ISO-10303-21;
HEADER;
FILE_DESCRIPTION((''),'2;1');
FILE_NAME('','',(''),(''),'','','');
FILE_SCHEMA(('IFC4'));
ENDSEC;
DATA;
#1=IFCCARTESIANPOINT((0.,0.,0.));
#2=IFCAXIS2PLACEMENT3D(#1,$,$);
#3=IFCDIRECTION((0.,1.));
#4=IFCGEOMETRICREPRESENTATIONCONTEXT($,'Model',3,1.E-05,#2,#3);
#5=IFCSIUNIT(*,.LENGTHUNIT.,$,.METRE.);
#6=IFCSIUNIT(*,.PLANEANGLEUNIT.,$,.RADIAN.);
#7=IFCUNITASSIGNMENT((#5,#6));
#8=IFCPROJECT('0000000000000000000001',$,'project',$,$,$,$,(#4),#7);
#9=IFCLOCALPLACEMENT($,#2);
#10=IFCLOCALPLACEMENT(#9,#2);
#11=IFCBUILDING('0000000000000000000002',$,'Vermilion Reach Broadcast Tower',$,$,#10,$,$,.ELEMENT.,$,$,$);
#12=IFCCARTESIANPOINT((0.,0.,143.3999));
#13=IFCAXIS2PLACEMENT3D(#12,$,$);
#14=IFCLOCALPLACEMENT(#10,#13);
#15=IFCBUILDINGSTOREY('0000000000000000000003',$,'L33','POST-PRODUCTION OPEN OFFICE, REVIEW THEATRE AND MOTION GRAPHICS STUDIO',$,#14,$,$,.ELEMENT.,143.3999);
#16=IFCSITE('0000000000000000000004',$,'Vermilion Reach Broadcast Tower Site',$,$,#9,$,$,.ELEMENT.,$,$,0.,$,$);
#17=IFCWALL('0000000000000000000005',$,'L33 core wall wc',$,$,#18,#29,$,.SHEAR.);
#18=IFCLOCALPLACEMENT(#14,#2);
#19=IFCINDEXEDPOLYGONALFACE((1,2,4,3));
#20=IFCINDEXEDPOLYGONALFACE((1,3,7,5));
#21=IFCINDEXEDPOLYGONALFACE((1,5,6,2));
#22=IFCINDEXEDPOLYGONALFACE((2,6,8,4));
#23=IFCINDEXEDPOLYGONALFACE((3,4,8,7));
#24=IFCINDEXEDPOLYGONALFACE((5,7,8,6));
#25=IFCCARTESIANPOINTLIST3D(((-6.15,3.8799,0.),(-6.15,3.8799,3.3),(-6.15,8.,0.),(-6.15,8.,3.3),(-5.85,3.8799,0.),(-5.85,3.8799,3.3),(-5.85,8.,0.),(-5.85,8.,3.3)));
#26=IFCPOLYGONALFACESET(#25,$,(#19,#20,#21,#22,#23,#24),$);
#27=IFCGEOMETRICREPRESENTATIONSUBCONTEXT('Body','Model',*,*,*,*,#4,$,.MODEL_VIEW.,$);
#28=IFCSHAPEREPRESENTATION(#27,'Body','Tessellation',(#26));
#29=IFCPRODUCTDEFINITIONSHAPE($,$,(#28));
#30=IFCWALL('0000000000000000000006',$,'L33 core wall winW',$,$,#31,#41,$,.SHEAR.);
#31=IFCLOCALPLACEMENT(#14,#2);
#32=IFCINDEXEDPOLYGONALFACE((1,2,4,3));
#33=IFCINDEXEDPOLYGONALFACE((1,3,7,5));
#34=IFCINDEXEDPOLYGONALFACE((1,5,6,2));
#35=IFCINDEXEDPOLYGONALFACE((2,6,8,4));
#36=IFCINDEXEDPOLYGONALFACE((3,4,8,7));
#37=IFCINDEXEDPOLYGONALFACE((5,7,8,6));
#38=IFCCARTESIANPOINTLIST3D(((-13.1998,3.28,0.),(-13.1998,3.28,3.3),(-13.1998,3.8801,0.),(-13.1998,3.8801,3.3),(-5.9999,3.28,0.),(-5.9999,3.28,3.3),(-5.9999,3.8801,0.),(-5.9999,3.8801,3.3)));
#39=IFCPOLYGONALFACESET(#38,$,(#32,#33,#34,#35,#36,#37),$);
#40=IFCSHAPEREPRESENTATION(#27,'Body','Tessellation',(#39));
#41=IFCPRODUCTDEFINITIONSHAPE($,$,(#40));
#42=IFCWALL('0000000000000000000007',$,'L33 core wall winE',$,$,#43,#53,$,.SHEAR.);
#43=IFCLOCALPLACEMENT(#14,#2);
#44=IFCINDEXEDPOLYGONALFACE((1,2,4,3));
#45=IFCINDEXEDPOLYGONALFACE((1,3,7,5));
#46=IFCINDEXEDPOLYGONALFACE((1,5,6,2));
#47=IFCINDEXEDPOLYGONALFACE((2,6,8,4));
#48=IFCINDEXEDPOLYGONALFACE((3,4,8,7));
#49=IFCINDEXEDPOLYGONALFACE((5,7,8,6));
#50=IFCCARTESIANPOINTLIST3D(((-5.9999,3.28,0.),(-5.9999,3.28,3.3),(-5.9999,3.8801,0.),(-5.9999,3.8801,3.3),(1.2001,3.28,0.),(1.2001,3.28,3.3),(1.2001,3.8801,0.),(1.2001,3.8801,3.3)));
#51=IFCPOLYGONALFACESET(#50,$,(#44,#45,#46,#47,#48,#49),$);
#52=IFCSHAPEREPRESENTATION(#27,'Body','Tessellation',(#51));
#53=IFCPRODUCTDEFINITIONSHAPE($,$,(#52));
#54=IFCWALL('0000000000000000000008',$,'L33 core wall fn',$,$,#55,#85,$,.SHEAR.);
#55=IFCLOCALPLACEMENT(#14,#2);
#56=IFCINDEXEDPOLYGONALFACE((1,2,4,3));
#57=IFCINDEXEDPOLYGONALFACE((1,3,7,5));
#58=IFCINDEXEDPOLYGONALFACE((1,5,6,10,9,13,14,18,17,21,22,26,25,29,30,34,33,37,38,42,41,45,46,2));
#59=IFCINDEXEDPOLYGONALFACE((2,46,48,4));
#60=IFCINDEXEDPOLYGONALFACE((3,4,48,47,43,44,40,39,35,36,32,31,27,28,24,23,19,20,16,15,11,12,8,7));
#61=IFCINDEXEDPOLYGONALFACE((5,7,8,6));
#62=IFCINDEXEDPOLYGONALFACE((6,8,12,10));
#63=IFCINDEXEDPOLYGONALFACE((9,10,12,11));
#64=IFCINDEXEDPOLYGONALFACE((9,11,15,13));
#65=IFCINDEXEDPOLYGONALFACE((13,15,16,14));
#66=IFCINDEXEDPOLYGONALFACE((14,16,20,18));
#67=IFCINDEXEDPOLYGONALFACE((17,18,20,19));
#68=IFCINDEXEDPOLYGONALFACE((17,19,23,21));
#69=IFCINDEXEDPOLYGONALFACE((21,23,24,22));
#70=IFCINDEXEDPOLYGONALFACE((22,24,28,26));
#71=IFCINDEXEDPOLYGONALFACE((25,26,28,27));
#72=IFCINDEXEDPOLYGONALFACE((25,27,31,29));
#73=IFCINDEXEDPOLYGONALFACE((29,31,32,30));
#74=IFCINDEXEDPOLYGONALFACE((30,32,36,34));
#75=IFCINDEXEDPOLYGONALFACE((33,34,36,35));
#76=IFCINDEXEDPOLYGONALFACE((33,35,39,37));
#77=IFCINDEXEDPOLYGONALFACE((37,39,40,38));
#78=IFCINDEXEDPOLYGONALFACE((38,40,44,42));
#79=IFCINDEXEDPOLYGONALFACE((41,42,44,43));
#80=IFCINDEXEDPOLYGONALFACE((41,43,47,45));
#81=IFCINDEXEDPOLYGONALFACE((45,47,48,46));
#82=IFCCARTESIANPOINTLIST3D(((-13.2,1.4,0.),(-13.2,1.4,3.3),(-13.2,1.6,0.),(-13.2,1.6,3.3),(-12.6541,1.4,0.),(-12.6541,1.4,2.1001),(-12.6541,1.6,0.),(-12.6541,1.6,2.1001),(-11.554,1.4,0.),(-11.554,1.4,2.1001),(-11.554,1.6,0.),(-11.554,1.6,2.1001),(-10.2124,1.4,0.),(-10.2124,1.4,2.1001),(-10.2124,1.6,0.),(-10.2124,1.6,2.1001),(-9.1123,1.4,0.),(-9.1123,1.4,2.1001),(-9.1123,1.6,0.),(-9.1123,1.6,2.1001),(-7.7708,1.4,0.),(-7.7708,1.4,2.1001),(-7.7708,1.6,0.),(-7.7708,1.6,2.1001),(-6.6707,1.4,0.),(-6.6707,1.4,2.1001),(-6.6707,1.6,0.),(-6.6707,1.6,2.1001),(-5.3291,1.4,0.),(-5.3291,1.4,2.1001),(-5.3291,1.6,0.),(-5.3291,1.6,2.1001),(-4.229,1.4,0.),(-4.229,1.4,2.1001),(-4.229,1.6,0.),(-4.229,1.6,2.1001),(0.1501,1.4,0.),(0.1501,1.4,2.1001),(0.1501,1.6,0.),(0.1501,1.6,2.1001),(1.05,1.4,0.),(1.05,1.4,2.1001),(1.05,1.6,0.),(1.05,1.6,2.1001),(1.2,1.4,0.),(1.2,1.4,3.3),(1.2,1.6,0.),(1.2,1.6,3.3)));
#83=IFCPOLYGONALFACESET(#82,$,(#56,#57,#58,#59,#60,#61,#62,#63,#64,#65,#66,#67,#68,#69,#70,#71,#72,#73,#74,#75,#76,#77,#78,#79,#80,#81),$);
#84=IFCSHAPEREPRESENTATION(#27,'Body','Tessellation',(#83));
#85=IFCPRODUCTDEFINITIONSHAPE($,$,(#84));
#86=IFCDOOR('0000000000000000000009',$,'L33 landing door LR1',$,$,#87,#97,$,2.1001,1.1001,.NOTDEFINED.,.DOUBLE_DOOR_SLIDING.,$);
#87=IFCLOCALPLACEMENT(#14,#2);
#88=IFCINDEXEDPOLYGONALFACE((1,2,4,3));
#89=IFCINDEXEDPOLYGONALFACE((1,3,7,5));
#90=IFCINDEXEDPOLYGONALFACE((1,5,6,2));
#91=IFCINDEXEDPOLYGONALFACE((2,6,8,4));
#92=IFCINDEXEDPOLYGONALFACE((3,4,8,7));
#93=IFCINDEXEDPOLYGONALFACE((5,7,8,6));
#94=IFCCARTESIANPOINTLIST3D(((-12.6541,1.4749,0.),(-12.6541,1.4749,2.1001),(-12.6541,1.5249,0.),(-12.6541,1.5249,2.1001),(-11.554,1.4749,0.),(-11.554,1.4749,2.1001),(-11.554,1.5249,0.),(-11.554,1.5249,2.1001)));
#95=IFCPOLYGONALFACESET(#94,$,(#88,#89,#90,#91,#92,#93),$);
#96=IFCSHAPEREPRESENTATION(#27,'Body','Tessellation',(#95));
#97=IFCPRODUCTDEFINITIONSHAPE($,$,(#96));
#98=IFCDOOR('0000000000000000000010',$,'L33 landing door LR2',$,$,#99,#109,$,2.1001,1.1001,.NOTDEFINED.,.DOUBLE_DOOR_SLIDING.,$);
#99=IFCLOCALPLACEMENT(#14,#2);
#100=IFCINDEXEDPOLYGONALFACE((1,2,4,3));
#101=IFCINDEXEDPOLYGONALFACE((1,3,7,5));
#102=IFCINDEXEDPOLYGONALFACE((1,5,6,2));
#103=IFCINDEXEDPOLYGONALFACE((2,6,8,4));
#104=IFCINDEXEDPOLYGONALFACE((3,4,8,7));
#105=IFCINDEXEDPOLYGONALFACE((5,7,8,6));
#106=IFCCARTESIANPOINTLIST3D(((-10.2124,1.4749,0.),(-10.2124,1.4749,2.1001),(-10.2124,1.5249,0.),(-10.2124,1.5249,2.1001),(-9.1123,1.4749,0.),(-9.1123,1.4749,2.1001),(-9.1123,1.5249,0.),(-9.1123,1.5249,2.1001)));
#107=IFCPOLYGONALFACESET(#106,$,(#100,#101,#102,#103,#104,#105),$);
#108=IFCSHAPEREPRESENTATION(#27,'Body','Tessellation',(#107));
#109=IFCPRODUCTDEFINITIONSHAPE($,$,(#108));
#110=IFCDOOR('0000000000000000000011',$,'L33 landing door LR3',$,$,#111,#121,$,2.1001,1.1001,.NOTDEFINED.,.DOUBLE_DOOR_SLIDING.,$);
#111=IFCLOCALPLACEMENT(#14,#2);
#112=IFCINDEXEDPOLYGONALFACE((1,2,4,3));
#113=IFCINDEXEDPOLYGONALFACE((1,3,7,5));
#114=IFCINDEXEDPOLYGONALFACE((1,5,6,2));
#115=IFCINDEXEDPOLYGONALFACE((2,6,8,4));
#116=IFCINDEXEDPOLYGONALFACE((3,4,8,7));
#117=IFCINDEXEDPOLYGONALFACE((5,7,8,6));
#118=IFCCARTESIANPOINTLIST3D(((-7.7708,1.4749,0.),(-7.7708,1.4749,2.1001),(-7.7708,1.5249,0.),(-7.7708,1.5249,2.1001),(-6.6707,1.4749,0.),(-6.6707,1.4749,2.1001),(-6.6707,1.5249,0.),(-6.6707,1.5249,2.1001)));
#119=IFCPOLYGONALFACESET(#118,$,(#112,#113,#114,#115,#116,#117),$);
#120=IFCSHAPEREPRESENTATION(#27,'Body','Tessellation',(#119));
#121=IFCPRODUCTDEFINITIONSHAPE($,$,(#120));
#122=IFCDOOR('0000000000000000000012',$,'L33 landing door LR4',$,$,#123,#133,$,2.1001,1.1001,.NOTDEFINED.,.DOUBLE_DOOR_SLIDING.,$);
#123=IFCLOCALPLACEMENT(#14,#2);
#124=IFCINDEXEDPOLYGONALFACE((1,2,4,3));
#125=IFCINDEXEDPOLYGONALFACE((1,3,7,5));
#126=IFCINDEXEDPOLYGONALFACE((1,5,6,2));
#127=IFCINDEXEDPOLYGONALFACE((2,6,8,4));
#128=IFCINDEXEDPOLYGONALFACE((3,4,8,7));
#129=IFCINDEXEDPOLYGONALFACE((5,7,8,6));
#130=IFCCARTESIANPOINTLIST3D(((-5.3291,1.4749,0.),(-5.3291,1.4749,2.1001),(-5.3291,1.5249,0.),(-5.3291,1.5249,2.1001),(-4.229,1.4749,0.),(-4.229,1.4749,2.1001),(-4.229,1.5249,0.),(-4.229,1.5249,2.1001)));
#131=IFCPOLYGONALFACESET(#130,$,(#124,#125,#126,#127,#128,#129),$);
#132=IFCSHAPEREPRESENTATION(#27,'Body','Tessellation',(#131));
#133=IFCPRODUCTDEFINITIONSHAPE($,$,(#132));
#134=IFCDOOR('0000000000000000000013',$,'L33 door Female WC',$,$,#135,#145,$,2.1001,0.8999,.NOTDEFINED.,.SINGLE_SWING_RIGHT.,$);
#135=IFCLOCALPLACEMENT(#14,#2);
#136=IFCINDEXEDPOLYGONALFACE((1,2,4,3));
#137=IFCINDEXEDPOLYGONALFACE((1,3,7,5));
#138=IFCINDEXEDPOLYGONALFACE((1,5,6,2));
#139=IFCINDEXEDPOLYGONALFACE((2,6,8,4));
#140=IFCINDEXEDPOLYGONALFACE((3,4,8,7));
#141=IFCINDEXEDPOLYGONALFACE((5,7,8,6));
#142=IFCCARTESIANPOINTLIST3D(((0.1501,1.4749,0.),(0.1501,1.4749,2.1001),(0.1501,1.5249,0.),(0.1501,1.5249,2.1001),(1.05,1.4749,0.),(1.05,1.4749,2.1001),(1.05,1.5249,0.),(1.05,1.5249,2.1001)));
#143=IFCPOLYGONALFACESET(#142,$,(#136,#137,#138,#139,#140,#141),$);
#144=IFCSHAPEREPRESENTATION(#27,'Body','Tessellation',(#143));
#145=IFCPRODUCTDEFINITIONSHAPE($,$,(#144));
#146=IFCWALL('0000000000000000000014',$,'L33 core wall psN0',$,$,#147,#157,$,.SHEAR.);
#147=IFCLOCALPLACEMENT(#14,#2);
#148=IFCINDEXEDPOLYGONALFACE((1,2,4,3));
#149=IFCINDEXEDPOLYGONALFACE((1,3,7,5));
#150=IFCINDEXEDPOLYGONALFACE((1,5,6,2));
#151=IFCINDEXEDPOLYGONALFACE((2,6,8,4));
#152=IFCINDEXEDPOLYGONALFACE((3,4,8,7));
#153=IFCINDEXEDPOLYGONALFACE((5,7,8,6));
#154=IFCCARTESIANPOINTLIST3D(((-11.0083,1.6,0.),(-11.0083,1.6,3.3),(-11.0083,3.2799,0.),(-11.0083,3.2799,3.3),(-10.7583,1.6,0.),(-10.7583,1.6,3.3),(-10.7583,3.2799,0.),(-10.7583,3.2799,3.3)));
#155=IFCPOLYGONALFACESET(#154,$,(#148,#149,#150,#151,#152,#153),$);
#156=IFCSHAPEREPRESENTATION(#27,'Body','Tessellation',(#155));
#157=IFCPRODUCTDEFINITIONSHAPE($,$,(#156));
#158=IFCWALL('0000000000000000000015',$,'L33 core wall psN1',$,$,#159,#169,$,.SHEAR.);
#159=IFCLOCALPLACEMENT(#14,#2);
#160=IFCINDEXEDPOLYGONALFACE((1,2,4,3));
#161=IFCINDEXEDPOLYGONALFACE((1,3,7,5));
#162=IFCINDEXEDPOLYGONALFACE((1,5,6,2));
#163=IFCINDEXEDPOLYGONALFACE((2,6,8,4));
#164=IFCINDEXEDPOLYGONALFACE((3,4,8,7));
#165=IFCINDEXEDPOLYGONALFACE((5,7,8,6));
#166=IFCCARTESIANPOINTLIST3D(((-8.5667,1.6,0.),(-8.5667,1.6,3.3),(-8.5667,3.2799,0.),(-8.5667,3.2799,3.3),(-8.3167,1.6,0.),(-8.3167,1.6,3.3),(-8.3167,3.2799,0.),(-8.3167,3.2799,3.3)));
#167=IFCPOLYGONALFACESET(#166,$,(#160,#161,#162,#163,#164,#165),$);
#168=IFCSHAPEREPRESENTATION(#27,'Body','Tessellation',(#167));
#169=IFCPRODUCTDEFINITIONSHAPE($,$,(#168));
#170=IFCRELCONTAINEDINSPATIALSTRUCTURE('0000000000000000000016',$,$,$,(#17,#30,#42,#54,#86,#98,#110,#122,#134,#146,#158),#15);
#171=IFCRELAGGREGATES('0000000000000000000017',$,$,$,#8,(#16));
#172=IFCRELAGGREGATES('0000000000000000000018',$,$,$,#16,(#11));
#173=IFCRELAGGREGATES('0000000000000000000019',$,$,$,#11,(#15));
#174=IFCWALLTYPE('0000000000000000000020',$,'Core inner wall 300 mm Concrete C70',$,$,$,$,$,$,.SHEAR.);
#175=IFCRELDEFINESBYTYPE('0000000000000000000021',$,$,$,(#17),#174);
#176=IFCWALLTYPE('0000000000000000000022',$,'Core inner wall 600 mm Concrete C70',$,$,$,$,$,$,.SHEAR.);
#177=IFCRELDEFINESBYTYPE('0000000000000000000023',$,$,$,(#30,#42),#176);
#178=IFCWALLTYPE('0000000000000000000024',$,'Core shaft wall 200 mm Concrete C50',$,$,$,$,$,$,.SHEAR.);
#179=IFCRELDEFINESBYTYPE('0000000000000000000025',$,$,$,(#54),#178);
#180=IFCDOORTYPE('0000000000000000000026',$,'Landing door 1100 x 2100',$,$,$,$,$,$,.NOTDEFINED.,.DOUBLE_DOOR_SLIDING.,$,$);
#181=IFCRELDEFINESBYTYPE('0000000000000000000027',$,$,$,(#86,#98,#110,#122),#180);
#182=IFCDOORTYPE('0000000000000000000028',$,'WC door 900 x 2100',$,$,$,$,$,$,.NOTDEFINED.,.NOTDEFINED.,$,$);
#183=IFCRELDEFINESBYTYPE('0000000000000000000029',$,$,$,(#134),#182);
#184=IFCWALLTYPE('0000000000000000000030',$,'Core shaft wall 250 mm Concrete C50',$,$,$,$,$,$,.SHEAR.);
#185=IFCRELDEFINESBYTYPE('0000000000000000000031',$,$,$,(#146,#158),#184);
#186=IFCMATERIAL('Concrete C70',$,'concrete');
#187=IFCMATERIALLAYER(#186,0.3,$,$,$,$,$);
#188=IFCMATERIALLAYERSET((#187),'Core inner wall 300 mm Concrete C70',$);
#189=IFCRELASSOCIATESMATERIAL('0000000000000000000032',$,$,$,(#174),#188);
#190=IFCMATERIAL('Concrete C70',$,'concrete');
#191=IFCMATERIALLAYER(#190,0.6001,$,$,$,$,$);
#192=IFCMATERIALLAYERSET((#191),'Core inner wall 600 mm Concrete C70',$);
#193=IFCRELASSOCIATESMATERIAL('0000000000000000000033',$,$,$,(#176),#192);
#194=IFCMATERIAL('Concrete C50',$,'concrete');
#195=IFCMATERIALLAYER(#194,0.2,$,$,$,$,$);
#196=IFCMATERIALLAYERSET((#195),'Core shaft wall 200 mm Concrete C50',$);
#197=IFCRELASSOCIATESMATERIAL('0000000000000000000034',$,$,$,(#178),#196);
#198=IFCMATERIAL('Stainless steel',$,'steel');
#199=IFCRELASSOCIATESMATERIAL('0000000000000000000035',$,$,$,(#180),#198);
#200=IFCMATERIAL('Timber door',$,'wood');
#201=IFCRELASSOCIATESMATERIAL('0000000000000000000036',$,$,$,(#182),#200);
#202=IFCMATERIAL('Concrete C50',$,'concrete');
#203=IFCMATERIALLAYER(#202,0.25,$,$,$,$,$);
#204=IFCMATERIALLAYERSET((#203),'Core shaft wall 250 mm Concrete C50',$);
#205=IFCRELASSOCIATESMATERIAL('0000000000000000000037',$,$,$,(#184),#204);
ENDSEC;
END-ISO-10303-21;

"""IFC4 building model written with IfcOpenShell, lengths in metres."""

from ifc_helpers import new_model, si_unit, direction, frame, frame_2d, origin, place, context, subcontext, project, spatial, rectangle, extrude, material, layer, layer_set, type_object, element, fill, save


model = new_model("IFC4")

# Units and contexts
model_context = context("Model", 3, precision=1e-05, world=origin(), true_north=direction((0.0, 1.0)))
body_context = subcontext(model_context, "Body", "Model", "MODEL_VIEW")
ifc_project = project(units=[si_unit("LENGTHUNIT", "METRE"), si_unit("PLANEANGLEUNIT", "RADIAN")], contexts=[model_context])

# Site, building, storey
site_placement = place(None, origin())
site = spatial("IfcSite", under=ifc_project, at=site_placement, Name="Vermilion Reach Broadcast Tower Site", CompositionType="ELEMENT", RefElevation=0.0)
building_placement = place(site_placement, origin())
building = spatial("IfcBuilding", under=site, at=building_placement, Name="Vermilion Reach Broadcast Tower", CompositionType="ELEMENT")
storey_placement = place(building_placement, frame((0.0, 0.0, 143.3999)))
storey = spatial("IfcBuildingStorey", under=building, at=storey_placement, Name="L33", Description="POST-PRODUCTION OPEN OFFICE, REVIEW THEATRE AND MOTION GRAPHICS STUDIO", CompositionType="ELEMENT", Elevation=143.3999)

# Walls
ifc_material_1 = material(Name="Concrete C70", Category="concrete")
ifc_layer_1 = layer(ifc_material_1, 0.3)
ifc_layer_set_1 = layer_set([ifc_layer_1], Name="Core inner wall 300 mm Concrete C70")
wall_type_1 = type_object("IfcWallType", Name="Core inner wall 300 mm Concrete C70", PredefinedType="SHEAR", material=ifc_layer_set_1)
wall_1_placement = place(storey_placement, frame((-6.0, 3.8799, 0.0), z_axis=(0.0, 0.0, 1.0), x_axis=(0.0, 1.0, 0.0)))
element("IfcWall", 1, at=wall_1_placement, inside=storey, type_object=wall_type_1, Name="L33 core wall wc", PredefinedType="SHEAR", context=body_context, shape_type="SweptSolid", body=[
    extrude(rectangle(XDim=4.1201, YDim=0.3, at=frame_2d((2.0601, 0.0))), origin(), (0.0, 0.0, 1.0), 3.3),
])
ifc_material_2 = material(Name="Concrete C70", Category="concrete")
ifc_layer_2 = layer(ifc_material_2, 0.6001)
ifc_layer_set_2 = layer_set([ifc_layer_2], Name="Core inner wall 600 mm Concrete C70")
wall_type_2 = type_object("IfcWallType", Name="Core inner wall 600 mm Concrete C70", PredefinedType="SHEAR", material=ifc_layer_set_2)
for number, where, z_axis, x_axis, name in (
    (2, (-13.2, 3.5801, 0.0), (0.0, 0.0, 1.0), (1.0, 0.0, 0.0), "L33 core wall winW"),
    (3, (-6.0, 3.5801, 0.0), (0.0, 0.0, 1.0), (1.0, 0.0, 0.0), "L33 core wall winE"),
):
    element("IfcWall", number, at=place(storey_placement, frame(where, z_axis=z_axis, x_axis=x_axis)), inside=storey, type_object=wall_type_2, Name=name, PredefinedType="SHEAR", context=body_context, shape_type="SweptSolid", body=[
        extrude(rectangle(XDim=7.2, YDim=0.6001, at=frame_2d((3.6001, 0.0))), origin(), (0.0, 0.0, 1.0), 3.3),
    ])

# Wall, openings, doors
ifc_material_3 = material(Name="Concrete C50", Category="concrete")
ifc_layer_3 = layer(ifc_material_3, 0.2)
ifc_layer_set_3 = layer_set([ifc_layer_3], Name="Core shaft wall 200 mm Concrete C50")
wall_type_3 = type_object("IfcWallType", Name="Core shaft wall 200 mm Concrete C50", PredefinedType="SHEAR", material=ifc_layer_set_3)
wall_2_placement = place(storey_placement, frame((-13.2, 1.5, 0.0), z_axis=(0.0, 0.0, 1.0), x_axis=(1.0, 0.0, 0.0)))
wall_2 = element("IfcWall", 4, at=wall_2_placement, inside=storey, type_object=wall_type_3, Name="L33 core wall fn", PredefinedType="SHEAR", context=body_context, shape_type="SweptSolid", body=[
    extrude(rectangle(XDim=14.3999, YDim=0.2, at=frame_2d((7.2, 0.0))), origin(), (0.0, 0.0, 1.0), 3.3),
])
opening_1_placement = place(wall_2_placement, frame((0.5459, 0.0, 0.0)))
opening_1 = element("IfcOpeningElement", 5, at=opening_1_placement, cuts=wall_2, PredefinedType="OPENING", context=body_context, shape_type="SweptSolid", body=[
    extrude(rectangle(XDim=1.1001, YDim=2.1001, at=frame_2d((0.55, 1.05))), frame((0.0, 0.1099, 0.0), z_axis=(0.0, -1.0, 0.0), x_axis=(1.0, 0.0, 0.0)), (0.0, 0.0, 1.0), 0.22),
])
opening_2_placement = place(wall_2_placement, frame((2.9875, 0.0, 0.0)))
opening_2 = element("IfcOpeningElement", 6, at=opening_2_placement, cuts=wall_2, PredefinedType="OPENING", context=body_context, shape_type="SweptSolid", body=[
    extrude(rectangle(XDim=1.1001, YDim=2.1001, at=frame_2d((0.55, 1.05))), frame((0.0, 0.1099, 0.0), z_axis=(0.0, -1.0, 0.0), x_axis=(1.0, 0.0, 0.0)), (0.0, 0.0, 1.0), 0.22),
])
opening_3_placement = place(wall_2_placement, frame((5.4292, 0.0, 0.0)))
opening_3 = element("IfcOpeningElement", 7, at=opening_3_placement, cuts=wall_2, PredefinedType="OPENING", context=body_context, shape_type="SweptSolid", body=[
    extrude(rectangle(XDim=1.1001, YDim=2.1001, at=frame_2d((0.55, 1.05))), frame((0.0, 0.1099, 0.0), z_axis=(0.0, -1.0, 0.0), x_axis=(1.0, 0.0, 0.0)), (0.0, 0.0, 1.0), 0.22),
])
opening_4_placement = place(wall_2_placement, frame((7.8708, 0.0, 0.0)))
opening_4 = element("IfcOpeningElement", 8, at=opening_4_placement, cuts=wall_2, PredefinedType="OPENING", context=body_context, shape_type="SweptSolid", body=[
    extrude(rectangle(XDim=1.1001, YDim=2.1001, at=frame_2d((0.55, 1.05))), frame((0.0, 0.1099, 0.0), z_axis=(0.0, -1.0, 0.0), x_axis=(1.0, 0.0, 0.0)), (0.0, 0.0, 1.0), 0.22),
])
opening_5_placement = place(wall_2_placement, frame((13.3501, 0.0, 0.0)))
opening_5 = element("IfcOpeningElement", 9, at=opening_5_placement, cuts=wall_2, PredefinedType="OPENING", context=body_context, shape_type="SweptSolid", body=[
    extrude(rectangle(XDim=0.8999, YDim=2.1001, at=frame_2d((0.45, 1.05))), frame((0.0, 0.1099, 0.0), z_axis=(0.0, -1.0, 0.0), x_axis=(1.0, 0.0, 0.0)), (0.0, 0.0, 1.0), 0.22),
])
ifc_material_4 = material(Name="Stainless steel", Category="steel")
door_type_1 = type_object("IfcDoorType", Name="Landing door 1100 x 2100", OperationType="DOUBLE_DOOR_SLIDING", PredefinedType="NOTDEFINED", material=ifc_material_4)
door_1_placement = place(opening_1_placement, origin())
door_1 = element("IfcDoor", 10, at=door_1_placement, inside=storey, type_object=door_type_1, Name="L33 landing door LR1", OperationType="DOUBLE_DOOR_SLIDING", OverallHeight=2.1001, OverallWidth=1.1001, PredefinedType="NOTDEFINED", context=body_context, shape_type="SweptSolid", body=[
    extrude(rectangle(XDim=1.1001, YDim=2.1001, at=frame_2d((0.55, 1.05))), frame((0.0, 0.0249, 0.0), z_axis=(0.0, -1.0, 0.0), x_axis=(1.0, 0.0, 0.0)), (0.0, 0.0, 1.0), 0.05),
])
fill(opening_1, door_1)
door_2_placement = place(opening_2_placement, origin())
door_2 = element("IfcDoor", 11, at=door_2_placement, inside=storey, type_object=door_type_1, Name="L33 landing door LR2", OperationType="DOUBLE_DOOR_SLIDING", OverallHeight=2.1001, OverallWidth=1.1001, PredefinedType="NOTDEFINED", context=body_context, shape_type="SweptSolid", body=[
    extrude(rectangle(XDim=1.1001, YDim=2.1001, at=frame_2d((0.55, 1.05))), frame((0.0, 0.0249, 0.0), z_axis=(0.0, -1.0, 0.0), x_axis=(1.0, 0.0, 0.0)), (0.0, 0.0, 1.0), 0.05),
])
fill(opening_2, door_2)
door_3_placement = place(opening_3_placement, origin())
door_3 = element("IfcDoor", 12, at=door_3_placement, inside=storey, type_object=door_type_1, Name="L33 landing door LR3", OperationType="DOUBLE_DOOR_SLIDING", OverallHeight=2.1001, OverallWidth=1.1001, PredefinedType="NOTDEFINED", context=body_context, shape_type="SweptSolid", body=[
    extrude(rectangle(XDim=1.1001, YDim=2.1001, at=frame_2d((0.55, 1.05))), frame((0.0, 0.0249, 0.0), z_axis=(0.0, -1.0, 0.0), x_axis=(1.0, 0.0, 0.0)), (0.0, 0.0, 1.0), 0.05),
])
fill(opening_3, door_3)
door_4_placement = place(opening_4_placement, origin())
door_4 = element("IfcDoor", 13, at=door_4_placement, inside=storey, type_object=door_type_1, Name="L33 landing door LR4", OperationType="DOUBLE_DOOR_SLIDING", OverallHeight=2.1001, OverallWidth=1.1001, PredefinedType="NOTDEFINED", context=body_context, shape_type="SweptSolid", body=[
    extrude(rectangle(XDim=1.1001, YDim=2.1001, at=frame_2d((0.55, 1.05))), frame((0.0, 0.0249, 0.0), z_axis=(0.0, -1.0, 0.0), x_axis=(1.0, 0.0, 0.0)), (0.0, 0.0, 1.0), 0.05),
])
fill(opening_4, door_4)
ifc_material_5 = material(Name="Timber door", Category="wood")
door_type_2 = type_object("IfcDoorType", Name="WC door 900 x 2100", OperationType="NOTDEFINED", PredefinedType="NOTDEFINED", material=ifc_material_5)
door_5_placement = place(opening_5_placement, origin())
door_5 = element("IfcDoor", 14, at=door_5_placement, inside=storey, type_object=door_type_2, Name="L33 door Female WC", OperationType="SINGLE_SWING_RIGHT", OverallHeight=2.1001, OverallWidth=0.8999, PredefinedType="NOTDEFINED", context=body_context, shape_type="SweptSolid", body=[
    extrude(rectangle(XDim=0.8999, YDim=2.1001, at=frame_2d((0.45, 1.05))), frame((0.0, 0.0249, 0.0), z_axis=(0.0, -1.0, 0.0), x_axis=(1.0, 0.0, 0.0)), (0.0, 0.0, 1.0), 0.05),
])
fill(opening_5, door_5)

# Walls
ifc_material_6 = material(Name="Concrete C50", Category="concrete")
ifc_layer_4 = layer(ifc_material_6, 0.25)
ifc_layer_set_4 = layer_set([ifc_layer_4], Name="Core shaft wall 250 mm Concrete C50")
wall_type_4 = type_object("IfcWallType", Name="Core shaft wall 250 mm Concrete C50", PredefinedType="SHEAR", material=ifc_layer_set_4)
for number, where, z_axis, x_axis, name in (
    (15, (-10.8833, 1.6001, 0.0), (0.0, 0.0, 1.0), (0.0, 1.0, 0.0), "L33 core wall psN0"),
    (16, (-8.4417, 1.6001, 0.0), (0.0, 0.0, 1.0), (0.0, 1.0, 0.0), "L33 core wall psN1"),
):
    element("IfcWall", number, at=place(storey_placement, frame(where, z_axis=z_axis, x_axis=x_axis)), inside=storey, type_object=wall_type_4, Name=name, PredefinedType="SHEAR", context=body_context, shape_type="SweptSolid", body=[
        extrude(rectangle(XDim=1.6799, YDim=0.25, at=frame_2d((0.8398, 0.0))), origin(), (0.0, 0.0, 1.0), 3.3),
    ])

save(model, "model.ifc")
